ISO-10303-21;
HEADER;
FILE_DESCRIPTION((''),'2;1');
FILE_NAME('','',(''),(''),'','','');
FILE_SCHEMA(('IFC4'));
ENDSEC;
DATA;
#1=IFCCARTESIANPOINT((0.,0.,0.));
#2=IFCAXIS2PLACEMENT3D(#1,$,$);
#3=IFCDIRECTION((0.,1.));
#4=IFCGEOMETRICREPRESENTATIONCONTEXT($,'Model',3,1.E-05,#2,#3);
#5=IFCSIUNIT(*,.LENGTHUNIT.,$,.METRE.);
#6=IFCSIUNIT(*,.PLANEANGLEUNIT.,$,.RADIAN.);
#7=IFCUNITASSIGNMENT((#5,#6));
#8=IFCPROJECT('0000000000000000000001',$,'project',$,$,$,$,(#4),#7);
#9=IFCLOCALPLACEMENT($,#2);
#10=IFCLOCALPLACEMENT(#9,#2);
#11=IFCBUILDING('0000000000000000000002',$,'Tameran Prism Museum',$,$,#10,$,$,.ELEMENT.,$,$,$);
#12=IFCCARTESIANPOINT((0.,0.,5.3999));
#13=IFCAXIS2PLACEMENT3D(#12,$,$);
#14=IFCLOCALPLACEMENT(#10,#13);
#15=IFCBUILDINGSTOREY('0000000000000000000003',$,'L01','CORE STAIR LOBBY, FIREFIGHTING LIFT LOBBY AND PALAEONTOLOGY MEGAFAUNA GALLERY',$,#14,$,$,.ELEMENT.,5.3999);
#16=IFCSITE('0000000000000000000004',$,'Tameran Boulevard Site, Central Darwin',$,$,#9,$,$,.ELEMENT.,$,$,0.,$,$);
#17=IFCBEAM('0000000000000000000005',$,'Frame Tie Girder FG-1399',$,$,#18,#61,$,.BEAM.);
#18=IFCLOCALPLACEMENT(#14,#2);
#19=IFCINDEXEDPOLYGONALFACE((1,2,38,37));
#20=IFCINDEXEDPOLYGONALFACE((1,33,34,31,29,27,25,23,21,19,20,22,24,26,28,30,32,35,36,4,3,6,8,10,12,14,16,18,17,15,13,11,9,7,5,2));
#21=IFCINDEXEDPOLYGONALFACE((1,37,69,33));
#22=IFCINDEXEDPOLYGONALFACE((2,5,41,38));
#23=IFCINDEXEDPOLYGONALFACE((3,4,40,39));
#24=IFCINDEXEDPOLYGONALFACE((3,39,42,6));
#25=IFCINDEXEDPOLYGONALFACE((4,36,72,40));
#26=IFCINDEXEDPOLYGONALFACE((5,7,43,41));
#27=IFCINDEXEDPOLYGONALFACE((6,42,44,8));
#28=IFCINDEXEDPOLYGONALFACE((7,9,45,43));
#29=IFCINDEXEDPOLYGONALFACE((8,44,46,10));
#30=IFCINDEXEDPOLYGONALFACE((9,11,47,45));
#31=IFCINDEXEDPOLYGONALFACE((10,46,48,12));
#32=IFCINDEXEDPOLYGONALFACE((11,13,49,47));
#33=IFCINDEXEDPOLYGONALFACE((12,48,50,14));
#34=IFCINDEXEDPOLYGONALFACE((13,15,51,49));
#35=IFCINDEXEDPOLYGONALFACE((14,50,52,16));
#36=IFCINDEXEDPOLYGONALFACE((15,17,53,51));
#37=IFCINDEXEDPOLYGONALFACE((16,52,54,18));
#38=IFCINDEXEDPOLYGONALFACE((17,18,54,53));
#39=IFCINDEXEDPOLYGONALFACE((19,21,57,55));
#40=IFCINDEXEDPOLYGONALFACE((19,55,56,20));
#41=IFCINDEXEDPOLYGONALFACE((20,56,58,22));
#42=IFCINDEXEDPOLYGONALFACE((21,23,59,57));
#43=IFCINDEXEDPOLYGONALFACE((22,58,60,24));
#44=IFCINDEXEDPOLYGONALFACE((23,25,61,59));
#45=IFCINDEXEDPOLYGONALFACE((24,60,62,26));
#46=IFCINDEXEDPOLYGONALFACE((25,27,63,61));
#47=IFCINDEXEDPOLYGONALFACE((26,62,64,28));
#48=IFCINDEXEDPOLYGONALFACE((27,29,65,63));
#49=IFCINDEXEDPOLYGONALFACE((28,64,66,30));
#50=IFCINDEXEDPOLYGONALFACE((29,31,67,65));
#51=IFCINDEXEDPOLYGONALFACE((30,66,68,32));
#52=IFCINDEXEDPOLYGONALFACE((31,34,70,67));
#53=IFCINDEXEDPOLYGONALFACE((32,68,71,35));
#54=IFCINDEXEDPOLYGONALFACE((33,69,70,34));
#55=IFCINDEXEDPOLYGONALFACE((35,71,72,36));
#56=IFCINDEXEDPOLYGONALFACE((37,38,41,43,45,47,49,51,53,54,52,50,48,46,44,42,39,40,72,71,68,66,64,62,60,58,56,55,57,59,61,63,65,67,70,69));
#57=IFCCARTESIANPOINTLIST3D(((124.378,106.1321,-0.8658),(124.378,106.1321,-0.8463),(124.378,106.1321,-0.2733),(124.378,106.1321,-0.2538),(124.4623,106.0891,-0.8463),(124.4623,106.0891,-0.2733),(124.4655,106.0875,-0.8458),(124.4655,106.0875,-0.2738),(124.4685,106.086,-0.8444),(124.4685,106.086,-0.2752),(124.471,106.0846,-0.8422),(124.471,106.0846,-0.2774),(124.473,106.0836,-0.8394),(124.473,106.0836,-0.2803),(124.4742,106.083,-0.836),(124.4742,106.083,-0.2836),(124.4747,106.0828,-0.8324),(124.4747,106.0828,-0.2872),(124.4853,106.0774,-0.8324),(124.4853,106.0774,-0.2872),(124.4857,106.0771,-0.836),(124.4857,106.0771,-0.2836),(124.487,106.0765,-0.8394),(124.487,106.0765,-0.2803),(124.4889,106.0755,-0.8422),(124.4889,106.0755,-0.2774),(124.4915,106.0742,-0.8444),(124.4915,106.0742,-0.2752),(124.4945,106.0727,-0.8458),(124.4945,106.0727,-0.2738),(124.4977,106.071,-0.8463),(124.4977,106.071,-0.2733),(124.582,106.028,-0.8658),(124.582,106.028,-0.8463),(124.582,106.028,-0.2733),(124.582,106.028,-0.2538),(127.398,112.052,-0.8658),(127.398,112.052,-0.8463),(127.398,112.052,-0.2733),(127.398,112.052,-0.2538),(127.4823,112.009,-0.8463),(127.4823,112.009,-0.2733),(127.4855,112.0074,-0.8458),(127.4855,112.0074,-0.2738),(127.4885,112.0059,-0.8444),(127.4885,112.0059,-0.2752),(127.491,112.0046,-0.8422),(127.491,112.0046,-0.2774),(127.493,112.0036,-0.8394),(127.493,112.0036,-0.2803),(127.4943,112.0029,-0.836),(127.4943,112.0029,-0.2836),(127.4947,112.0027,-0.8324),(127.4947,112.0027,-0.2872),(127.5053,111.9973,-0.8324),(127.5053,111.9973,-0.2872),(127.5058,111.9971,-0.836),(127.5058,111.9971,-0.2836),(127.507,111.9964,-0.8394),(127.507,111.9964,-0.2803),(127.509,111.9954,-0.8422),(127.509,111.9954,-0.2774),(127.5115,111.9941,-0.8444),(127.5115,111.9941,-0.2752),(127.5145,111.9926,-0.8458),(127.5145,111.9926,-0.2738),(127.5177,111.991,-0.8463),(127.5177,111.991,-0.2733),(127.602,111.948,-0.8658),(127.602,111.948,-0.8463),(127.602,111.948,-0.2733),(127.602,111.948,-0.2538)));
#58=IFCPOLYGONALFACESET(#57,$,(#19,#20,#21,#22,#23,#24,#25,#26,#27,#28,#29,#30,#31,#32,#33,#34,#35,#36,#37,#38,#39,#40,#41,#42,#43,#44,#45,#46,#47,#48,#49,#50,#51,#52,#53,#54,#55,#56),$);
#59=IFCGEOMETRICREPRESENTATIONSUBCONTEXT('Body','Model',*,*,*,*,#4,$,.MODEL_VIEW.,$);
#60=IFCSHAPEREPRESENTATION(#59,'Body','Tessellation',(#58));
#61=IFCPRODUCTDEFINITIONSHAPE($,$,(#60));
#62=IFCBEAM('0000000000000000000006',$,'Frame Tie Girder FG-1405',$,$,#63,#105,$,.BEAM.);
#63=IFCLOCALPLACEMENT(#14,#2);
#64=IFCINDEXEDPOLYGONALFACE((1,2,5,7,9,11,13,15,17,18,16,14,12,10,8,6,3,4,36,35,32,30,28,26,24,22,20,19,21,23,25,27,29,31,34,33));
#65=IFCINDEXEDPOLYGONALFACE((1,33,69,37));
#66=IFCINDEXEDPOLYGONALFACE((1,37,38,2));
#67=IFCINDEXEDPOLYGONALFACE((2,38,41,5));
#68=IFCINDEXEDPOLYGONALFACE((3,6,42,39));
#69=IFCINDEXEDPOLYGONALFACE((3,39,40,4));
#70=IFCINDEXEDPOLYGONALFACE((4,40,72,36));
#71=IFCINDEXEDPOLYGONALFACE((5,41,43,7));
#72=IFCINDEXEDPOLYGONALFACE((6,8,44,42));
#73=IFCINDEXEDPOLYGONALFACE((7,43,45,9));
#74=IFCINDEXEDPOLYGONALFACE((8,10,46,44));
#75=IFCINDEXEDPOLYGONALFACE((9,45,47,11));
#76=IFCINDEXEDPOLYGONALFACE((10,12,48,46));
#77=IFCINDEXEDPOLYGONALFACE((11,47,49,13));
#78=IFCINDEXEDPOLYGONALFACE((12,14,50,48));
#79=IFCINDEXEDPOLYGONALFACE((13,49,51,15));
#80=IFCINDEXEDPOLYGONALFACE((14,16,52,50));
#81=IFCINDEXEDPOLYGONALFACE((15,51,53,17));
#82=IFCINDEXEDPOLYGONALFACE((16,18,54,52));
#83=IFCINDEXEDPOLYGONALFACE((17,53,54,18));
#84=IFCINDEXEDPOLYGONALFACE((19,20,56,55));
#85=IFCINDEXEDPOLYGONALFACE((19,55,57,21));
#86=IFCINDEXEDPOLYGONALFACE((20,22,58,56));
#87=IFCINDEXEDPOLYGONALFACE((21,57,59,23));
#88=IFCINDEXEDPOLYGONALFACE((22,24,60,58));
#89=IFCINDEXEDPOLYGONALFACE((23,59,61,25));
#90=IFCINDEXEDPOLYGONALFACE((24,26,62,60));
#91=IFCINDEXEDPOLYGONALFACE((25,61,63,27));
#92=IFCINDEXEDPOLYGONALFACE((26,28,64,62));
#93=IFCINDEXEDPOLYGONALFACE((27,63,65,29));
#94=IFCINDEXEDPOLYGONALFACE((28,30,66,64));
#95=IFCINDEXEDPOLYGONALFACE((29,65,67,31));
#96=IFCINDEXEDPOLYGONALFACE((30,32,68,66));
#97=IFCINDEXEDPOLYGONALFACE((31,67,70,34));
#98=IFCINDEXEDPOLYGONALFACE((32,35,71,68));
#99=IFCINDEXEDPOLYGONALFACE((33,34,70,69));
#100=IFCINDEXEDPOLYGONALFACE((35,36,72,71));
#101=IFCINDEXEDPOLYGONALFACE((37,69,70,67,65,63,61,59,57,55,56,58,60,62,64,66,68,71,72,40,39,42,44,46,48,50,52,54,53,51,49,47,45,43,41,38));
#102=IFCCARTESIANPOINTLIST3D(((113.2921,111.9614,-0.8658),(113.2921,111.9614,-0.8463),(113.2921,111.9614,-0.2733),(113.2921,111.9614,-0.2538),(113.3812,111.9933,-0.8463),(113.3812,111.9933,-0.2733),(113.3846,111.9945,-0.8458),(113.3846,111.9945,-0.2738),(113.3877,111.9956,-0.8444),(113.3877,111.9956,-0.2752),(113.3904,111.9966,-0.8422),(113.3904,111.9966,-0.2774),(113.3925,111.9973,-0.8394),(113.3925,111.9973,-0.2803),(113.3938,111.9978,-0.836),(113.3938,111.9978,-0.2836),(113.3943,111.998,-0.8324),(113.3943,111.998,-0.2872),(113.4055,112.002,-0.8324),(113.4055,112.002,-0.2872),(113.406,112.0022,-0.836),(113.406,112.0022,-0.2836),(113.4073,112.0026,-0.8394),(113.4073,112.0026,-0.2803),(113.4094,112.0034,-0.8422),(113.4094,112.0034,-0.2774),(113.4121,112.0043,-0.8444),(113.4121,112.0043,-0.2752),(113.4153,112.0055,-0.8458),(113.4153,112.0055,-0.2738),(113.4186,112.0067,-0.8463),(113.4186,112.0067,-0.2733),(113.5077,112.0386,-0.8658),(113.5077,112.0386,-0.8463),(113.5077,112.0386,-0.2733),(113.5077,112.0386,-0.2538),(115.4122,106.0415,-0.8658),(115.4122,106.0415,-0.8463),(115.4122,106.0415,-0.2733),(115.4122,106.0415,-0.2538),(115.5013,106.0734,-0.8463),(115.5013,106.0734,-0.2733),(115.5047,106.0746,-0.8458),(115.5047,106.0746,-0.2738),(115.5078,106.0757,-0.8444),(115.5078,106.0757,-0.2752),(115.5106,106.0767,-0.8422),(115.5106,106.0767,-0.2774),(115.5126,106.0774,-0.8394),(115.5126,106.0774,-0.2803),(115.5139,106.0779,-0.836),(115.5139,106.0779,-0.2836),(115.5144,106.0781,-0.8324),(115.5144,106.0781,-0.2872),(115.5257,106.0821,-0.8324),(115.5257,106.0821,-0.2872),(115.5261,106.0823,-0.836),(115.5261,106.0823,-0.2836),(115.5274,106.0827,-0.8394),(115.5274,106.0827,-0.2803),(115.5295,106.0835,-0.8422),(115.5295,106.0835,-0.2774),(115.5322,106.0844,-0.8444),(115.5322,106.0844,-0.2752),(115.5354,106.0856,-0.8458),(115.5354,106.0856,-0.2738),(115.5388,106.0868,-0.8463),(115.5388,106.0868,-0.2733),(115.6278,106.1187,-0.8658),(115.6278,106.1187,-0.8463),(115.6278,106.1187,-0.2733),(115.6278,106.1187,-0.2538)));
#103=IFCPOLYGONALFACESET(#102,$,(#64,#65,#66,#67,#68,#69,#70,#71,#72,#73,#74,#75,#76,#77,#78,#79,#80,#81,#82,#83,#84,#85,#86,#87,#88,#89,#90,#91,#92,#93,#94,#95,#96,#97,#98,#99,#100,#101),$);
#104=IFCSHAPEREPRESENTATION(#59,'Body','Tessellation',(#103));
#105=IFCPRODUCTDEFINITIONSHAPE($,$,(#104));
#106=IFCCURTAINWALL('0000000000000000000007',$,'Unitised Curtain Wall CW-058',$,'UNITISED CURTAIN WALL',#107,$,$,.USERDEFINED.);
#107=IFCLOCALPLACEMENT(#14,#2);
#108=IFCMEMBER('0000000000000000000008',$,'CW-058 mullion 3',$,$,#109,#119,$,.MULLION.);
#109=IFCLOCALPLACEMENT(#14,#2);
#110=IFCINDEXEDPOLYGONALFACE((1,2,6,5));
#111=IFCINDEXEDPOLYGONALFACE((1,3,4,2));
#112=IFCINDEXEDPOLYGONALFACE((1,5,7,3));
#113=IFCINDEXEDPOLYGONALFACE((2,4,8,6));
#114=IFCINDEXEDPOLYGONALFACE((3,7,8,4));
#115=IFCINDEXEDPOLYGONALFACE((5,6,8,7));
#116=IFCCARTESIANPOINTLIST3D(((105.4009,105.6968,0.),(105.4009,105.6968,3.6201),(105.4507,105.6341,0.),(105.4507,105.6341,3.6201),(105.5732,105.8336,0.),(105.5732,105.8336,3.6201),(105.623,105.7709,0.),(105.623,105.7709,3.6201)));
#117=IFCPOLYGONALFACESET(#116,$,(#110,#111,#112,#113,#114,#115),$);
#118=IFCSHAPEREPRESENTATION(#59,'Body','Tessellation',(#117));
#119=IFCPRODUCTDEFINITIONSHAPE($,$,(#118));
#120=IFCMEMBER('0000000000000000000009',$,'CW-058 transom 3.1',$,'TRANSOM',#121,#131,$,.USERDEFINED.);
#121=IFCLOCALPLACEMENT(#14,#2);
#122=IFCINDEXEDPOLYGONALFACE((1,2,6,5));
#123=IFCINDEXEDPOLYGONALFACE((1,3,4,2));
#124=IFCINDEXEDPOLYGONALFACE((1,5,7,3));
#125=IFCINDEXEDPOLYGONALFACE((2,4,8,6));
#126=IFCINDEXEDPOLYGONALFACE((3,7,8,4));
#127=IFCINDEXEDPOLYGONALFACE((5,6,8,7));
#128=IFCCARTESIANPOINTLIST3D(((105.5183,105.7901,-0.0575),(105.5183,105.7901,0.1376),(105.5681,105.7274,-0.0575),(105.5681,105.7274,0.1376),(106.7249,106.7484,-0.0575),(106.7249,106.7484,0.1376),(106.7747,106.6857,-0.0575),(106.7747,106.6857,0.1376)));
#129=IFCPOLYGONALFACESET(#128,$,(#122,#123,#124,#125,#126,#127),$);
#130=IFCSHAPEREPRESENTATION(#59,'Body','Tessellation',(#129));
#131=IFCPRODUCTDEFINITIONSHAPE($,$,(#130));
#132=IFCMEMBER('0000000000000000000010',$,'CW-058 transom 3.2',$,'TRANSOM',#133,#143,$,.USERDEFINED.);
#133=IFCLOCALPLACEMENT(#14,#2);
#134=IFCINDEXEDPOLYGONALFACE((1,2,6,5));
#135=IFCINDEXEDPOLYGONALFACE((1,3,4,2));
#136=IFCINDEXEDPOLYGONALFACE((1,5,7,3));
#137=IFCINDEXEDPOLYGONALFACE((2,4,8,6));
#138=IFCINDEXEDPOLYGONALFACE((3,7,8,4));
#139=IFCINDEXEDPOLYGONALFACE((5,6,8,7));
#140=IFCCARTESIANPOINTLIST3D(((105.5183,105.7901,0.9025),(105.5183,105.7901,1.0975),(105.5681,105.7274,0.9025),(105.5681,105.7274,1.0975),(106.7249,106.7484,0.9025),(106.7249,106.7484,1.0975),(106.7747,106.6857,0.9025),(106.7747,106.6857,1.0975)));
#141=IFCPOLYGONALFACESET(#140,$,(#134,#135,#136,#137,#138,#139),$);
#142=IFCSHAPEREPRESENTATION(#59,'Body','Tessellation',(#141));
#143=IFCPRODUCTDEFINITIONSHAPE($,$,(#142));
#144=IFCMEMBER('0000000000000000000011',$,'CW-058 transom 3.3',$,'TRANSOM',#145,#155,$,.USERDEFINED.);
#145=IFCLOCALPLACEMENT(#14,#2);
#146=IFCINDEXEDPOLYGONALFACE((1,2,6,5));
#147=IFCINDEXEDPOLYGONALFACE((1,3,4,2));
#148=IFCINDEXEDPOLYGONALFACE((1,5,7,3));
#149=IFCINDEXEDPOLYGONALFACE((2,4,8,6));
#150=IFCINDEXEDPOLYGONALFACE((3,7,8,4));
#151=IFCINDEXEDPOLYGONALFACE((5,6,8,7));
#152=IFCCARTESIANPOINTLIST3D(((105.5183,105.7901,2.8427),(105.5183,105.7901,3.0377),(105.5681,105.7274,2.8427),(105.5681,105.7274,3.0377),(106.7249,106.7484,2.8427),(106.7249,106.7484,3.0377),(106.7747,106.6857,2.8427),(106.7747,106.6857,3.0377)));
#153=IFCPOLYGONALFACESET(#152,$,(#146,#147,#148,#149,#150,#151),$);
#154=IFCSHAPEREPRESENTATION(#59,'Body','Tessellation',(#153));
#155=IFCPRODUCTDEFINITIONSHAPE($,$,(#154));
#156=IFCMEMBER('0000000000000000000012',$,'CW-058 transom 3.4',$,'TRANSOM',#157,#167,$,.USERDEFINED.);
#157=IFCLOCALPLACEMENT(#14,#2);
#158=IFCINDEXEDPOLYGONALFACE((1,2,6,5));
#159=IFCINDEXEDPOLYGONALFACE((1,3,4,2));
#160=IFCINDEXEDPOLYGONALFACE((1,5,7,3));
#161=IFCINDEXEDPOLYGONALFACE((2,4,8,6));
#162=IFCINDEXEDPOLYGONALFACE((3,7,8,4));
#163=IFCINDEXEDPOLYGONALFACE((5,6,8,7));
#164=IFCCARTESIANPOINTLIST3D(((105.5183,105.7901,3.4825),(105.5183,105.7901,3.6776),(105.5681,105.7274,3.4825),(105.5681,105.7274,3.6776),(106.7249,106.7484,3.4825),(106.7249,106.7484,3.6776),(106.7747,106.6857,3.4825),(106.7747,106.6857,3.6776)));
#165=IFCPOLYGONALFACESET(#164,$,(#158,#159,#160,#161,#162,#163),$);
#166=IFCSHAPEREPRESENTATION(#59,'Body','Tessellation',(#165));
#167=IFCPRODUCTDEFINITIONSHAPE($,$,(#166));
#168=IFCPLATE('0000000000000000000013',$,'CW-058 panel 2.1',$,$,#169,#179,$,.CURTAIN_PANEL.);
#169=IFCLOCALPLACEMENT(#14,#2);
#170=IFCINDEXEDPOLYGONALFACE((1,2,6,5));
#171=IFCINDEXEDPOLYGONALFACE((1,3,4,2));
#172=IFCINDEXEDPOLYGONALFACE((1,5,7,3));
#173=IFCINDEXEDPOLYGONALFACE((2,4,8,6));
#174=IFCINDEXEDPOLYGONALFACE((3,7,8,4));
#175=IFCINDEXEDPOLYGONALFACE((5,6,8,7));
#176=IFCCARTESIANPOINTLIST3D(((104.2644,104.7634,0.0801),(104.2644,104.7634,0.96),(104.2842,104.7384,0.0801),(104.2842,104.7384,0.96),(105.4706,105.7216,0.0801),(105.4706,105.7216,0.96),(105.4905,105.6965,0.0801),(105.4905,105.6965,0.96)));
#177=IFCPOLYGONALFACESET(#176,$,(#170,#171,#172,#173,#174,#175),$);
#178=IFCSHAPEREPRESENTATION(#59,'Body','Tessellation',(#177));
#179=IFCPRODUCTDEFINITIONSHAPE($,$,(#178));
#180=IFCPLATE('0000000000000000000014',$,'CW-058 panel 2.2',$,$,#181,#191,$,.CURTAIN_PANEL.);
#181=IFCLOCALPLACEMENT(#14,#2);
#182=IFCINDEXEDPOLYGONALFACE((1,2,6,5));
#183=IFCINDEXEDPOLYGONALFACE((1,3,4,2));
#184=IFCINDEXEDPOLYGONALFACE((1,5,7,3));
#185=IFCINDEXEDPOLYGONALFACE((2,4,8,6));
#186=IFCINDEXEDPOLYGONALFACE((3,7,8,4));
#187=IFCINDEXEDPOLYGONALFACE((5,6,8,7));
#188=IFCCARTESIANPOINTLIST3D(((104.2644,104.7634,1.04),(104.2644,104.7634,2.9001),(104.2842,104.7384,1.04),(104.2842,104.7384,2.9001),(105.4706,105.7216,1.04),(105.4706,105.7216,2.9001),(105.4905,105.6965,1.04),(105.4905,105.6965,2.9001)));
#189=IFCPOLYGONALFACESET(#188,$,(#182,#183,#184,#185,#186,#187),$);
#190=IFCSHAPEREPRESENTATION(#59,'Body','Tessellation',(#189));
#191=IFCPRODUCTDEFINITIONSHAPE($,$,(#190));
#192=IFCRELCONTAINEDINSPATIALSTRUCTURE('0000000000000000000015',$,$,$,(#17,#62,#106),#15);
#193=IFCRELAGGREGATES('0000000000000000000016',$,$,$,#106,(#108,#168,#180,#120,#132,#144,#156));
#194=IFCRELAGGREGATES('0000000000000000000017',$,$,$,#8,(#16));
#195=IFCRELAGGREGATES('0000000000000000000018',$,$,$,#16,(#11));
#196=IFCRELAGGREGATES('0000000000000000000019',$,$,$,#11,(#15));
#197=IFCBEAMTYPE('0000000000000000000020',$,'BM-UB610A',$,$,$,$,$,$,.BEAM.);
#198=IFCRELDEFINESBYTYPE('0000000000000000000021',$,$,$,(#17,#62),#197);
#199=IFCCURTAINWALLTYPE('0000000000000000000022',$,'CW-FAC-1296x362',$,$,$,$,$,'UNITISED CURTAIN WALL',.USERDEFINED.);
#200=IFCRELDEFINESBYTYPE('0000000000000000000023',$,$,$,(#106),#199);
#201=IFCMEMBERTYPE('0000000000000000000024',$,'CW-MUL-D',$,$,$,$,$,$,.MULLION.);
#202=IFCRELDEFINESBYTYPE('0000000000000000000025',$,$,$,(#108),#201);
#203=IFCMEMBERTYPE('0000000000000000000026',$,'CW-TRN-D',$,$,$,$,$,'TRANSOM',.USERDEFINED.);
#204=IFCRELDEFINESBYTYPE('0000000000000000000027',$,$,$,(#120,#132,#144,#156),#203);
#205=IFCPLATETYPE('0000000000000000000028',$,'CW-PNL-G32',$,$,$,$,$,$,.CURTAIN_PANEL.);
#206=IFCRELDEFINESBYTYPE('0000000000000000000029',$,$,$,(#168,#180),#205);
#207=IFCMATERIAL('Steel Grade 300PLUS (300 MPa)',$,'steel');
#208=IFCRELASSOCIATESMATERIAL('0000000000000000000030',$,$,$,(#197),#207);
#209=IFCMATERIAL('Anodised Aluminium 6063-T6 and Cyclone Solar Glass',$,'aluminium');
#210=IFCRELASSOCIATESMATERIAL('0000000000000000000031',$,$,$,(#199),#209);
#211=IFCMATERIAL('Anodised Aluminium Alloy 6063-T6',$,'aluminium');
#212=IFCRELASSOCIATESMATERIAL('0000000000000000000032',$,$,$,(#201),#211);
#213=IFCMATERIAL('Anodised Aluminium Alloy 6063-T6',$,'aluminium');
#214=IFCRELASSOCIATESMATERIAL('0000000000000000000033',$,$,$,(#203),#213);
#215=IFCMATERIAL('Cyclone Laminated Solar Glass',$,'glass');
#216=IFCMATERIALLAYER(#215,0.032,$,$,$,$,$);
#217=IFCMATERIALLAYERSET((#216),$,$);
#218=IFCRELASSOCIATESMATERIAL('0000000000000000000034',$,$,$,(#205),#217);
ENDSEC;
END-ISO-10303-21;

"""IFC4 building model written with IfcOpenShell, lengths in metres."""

from ifc_helpers import new_model, si_unit, direction, frame, origin, origin_2d, place, context, subcontext, project, spatial, rectangle, i_section, extrude, material, layer, layer_set, material_profile, profile_set, type_object, element, aggregate, save


model = new_model("IFC4")

# Units and contexts
model_context = context("Model", 3, precision=1e-05, world=origin(), true_north=direction((0.0, 1.0)))
body_context = subcontext(model_context, "Body", "Model", "MODEL_VIEW")
ifc_project = project(units=[si_unit("LENGTHUNIT", "METRE"), si_unit("PLANEANGLEUNIT", "RADIAN")], contexts=[model_context])

# Site, building, storey
site_placement = place(None, origin())
site = spatial("IfcSite", under=ifc_project, at=site_placement, Name="Tameran Boulevard Site, Central Darwin", CompositionType="ELEMENT", RefElevation=0.0)
building_placement = place(site_placement, origin())
building = spatial("IfcBuilding", under=site, at=building_placement, Name="Tameran Prism Museum", CompositionType="ELEMENT")
storey_placement = place(building_placement, frame((0.0, 0.0, 5.3999)))
storey = spatial("IfcBuildingStorey", under=building, at=storey_placement, Name="L01", Description="CORE STAIR LOBBY, FIREFIGHTING LIFT LOBBY AND PALAEONTOLOGY MEGAFAUNA GALLERY", CompositionType="ELEMENT", Elevation=5.3999)

# Beams
ifc_material_1 = material(Name="Steel Grade 300PLUS (300 MPa)", Category="steel")
ifc_material_profile_1 = material_profile(ifc_material_1, i_section(OverallWidth=0.229, OverallDepth=0.6121, WebThickness=0.012, FlangeThickness=0.0195, FilletRadius=0.0139, at=origin_2d()))
ifc_profile_set_1 = profile_set([ifc_material_profile_1])
beam_type_1 = type_object("IfcBeamType", Name="BM-UB610A", PredefinedType="BEAM", material=ifc_profile_set_1)
beam_1_placement = place(storey_placement, frame((124.48, 106.0801, -0.5598), z_axis=(0.454429, 0.890783, 0.0), x_axis=(-0.890783, 0.454429, 0.0)))
element("IfcBeam", 1, at=beam_1_placement, inside=storey, type_object=beam_type_1, Name="Frame Tie Girder FG-1399", PredefinedType="BEAM", context=body_context, shape_type="SweptSolid", body=[
    extrude(i_section(OverallWidth=0.229, OverallDepth=0.6121, WebThickness=0.012, FlangeThickness=0.0195, FilletRadius=0.0139, at=origin_2d()), origin(), (0.0, 0.0, 1.0), 6.6458),
])
beam_2_placement = place(storey_placement, frame((115.52, 106.0801, -0.5598), z_axis=(-0.337163, 0.941446, 0.0), x_axis=(-0.941446, -0.337163, 0.0)))
element("IfcBeam", 2, at=beam_2_placement, inside=storey, type_object=beam_type_1, Name="Frame Tie Girder FG-1405", PredefinedType="BEAM", context=body_context, shape_type="SweptSolid", body=[
    extrude(i_section(OverallWidth=0.229, OverallDepth=0.6121, WebThickness=0.012, FlangeThickness=0.0195, FilletRadius=0.0139, at=origin_2d()), origin(), (0.0, 0.0, 1.0), 6.2881),
])

# Curtain wall, members, plates
ifc_material_2 = material(Name="Anodised Aluminium 6063-T6 and Cyclone Solar Glass", Category="aluminium")
curtain_wall_type = type_object("IfcCurtainWallType", Name="CW-FAC-1296x362", ElementType="UNITISED CURTAIN WALL", PredefinedType="USERDEFINED", material=ifc_material_2)
curtain_wall_placement = place(storey_placement, origin())
curtain_wall = element("IfcCurtainWall", 3, at=curtain_wall_placement, inside=storey, type_object=curtain_wall_type, Name="Unitised Curtain Wall CW-058", ObjectType="UNITISED CURTAIN WALL", PredefinedType="USERDEFINED")
ifc_material_3 = material(Name="Anodised Aluminium Alloy 6063-T6", Category="aluminium")
ifc_material_profile_2 = material_profile(ifc_material_3, rectangle(XDim=0.0801, YDim=0.22, at=origin_2d()))
ifc_profile_set_2 = profile_set([ifc_material_profile_2])
member_type_1 = type_object("IfcMemberType", Name="CW-MUL-D", PredefinedType="MULLION", material=ifc_profile_set_2)
member_1_placement = place(storey_placement, frame((105.512, 105.7339, 0.0), z_axis=(0.0, 0.0, 1.0), x_axis=(-0.621982, 0.783031, 0.0)))
member_1 = element("IfcMember", 4, at=member_1_placement, type_object=member_type_1, Name="CW-058 mullion 3", PredefinedType="MULLION", context=body_context, shape_type="SweptSolid", body=[
    extrude(rectangle(XDim=0.0801, YDim=0.22, at=origin_2d()), origin(), (0.0, 0.0, 1.0), 3.6201),
])
ifc_material_4 = material(Name="Anodised Aluminium Alloy 6063-T6", Category="aluminium")
ifc_material_profile_3 = material_profile(ifc_material_4, rectangle(XDim=0.0801, YDim=0.1951, at=origin_2d()))
ifc_profile_set_3 = profile_set([ifc_material_profile_3])
member_type_2 = type_object("IfcMemberType", Name="CW-TRN-D", ElementType="TRANSOM", PredefinedType="USERDEFINED", material=ifc_profile_set_3)
member_2_placement = place(storey_placement, frame((105.5432, 105.7588, 0.04), z_axis=(0.783075, 0.621928, 0.0), x_axis=(-0.621928, 0.783075, 0.0)))
member_2 = element("IfcMember", 5, at=member_2_placement, type_object=member_type_2, Name="CW-058 transom 3.1", ObjectType="TRANSOM", PredefinedType="USERDEFINED", context=body_context, shape_type="SweptSolid", body=[
    extrude(rectangle(XDim=0.0801, YDim=0.1951, at=origin_2d()), origin(), (0.0, 0.0, 1.0), 1.5408),
])
member_3_placement = place(storey_placement, frame((105.5432, 105.7588, 1.0), z_axis=(0.783075, 0.621928, 0.0), x_axis=(-0.621928, 0.783075, 0.0)))
member_3 = element("IfcMember", 6, at=member_3_placement, type_object=member_type_2, Name="CW-058 transom 3.2", ObjectType="TRANSOM", PredefinedType="USERDEFINED", context=body_context, shape_type="SweptSolid", body=[
    extrude(rectangle(XDim=0.0801, YDim=0.1951, at=origin_2d()), origin(), (0.0, 0.0, 1.0), 1.5408),
])
member_4_placement = place(storey_placement, frame((105.5432, 105.7588, 2.9402), z_axis=(0.783075, 0.621928, 0.0), x_axis=(-0.621928, 0.783075, 0.0)))
member_4 = element("IfcMember", 7, at=member_4_placement, type_object=member_type_2, Name="CW-058 transom 3.3", ObjectType="TRANSOM", PredefinedType="USERDEFINED", context=body_context, shape_type="SweptSolid", body=[
    extrude(rectangle(XDim=0.0801, YDim=0.1951, at=origin_2d()), origin(), (0.0, 0.0, 1.0), 1.5408),
])
member_5_placement = place(storey_placement, frame((105.5432, 105.7588, 3.5801), z_axis=(0.783075, 0.621928, 0.0), x_axis=(-0.621928, 0.783075, 0.0)))
member_5 = element("IfcMember", 8, at=member_5_placement, type_object=member_type_2, Name="CW-058 transom 3.4", ObjectType="TRANSOM", PredefinedType="USERDEFINED", context=body_context, shape_type="SweptSolid", body=[
    extrude(rectangle(XDim=0.0801, YDim=0.1951, at=origin_2d()), origin(), (0.0, 0.0, 1.0), 1.5408),
])
ifc_material_5 = material(Name="Cyclone Laminated Solar Glass", Category="glass")
ifc_layer_1 = layer(ifc_material_5, 0.032)
ifc_layer_set_1 = layer_set([ifc_layer_1])
plate_type = type_object("IfcPlateType", Name="CW-PNL-G32", PredefinedType="CURTAIN_PANEL", material=ifc_layer_set_1)
plate_1_placement = place(storey_placement, frame((104.8774, 105.23, 0.0801), z_axis=(0.0, 0.0, 1.0), x_axis=(0.783031, 0.621982, 0.0)))
plate_1 = element("IfcPlate", 9, at=plate_1_placement, type_object=plate_type, Name="CW-058 panel 2.1", PredefinedType="CURTAIN_PANEL", context=body_context, shape_type="SweptSolid", body=[
    extrude(rectangle(XDim=1.5405, YDim=0.032, at=origin_2d()), origin(), (0.0, 0.0, 1.0), 0.8799),
])
plate_2_placement = place(storey_placement, frame((104.8774, 105.23, 1.04), z_axis=(0.0, 0.0, 1.0), x_axis=(0.783031, 0.621982, 0.0)))
plate_2 = element("IfcPlate", 10, at=plate_2_placement, type_object=plate_type, Name="CW-058 panel 2.2", PredefinedType="CURTAIN_PANEL", context=body_context, shape_type="SweptSolid", body=[
    extrude(rectangle(XDim=1.5405, YDim=0.032, at=origin_2d()), origin(), (0.0, 0.0, 1.0), 1.8601),
])
aggregate(curtain_wall, [member_1, plate_1, plate_2, member_2, member_3, member_4, member_5])

save(model, "model.ifc")
